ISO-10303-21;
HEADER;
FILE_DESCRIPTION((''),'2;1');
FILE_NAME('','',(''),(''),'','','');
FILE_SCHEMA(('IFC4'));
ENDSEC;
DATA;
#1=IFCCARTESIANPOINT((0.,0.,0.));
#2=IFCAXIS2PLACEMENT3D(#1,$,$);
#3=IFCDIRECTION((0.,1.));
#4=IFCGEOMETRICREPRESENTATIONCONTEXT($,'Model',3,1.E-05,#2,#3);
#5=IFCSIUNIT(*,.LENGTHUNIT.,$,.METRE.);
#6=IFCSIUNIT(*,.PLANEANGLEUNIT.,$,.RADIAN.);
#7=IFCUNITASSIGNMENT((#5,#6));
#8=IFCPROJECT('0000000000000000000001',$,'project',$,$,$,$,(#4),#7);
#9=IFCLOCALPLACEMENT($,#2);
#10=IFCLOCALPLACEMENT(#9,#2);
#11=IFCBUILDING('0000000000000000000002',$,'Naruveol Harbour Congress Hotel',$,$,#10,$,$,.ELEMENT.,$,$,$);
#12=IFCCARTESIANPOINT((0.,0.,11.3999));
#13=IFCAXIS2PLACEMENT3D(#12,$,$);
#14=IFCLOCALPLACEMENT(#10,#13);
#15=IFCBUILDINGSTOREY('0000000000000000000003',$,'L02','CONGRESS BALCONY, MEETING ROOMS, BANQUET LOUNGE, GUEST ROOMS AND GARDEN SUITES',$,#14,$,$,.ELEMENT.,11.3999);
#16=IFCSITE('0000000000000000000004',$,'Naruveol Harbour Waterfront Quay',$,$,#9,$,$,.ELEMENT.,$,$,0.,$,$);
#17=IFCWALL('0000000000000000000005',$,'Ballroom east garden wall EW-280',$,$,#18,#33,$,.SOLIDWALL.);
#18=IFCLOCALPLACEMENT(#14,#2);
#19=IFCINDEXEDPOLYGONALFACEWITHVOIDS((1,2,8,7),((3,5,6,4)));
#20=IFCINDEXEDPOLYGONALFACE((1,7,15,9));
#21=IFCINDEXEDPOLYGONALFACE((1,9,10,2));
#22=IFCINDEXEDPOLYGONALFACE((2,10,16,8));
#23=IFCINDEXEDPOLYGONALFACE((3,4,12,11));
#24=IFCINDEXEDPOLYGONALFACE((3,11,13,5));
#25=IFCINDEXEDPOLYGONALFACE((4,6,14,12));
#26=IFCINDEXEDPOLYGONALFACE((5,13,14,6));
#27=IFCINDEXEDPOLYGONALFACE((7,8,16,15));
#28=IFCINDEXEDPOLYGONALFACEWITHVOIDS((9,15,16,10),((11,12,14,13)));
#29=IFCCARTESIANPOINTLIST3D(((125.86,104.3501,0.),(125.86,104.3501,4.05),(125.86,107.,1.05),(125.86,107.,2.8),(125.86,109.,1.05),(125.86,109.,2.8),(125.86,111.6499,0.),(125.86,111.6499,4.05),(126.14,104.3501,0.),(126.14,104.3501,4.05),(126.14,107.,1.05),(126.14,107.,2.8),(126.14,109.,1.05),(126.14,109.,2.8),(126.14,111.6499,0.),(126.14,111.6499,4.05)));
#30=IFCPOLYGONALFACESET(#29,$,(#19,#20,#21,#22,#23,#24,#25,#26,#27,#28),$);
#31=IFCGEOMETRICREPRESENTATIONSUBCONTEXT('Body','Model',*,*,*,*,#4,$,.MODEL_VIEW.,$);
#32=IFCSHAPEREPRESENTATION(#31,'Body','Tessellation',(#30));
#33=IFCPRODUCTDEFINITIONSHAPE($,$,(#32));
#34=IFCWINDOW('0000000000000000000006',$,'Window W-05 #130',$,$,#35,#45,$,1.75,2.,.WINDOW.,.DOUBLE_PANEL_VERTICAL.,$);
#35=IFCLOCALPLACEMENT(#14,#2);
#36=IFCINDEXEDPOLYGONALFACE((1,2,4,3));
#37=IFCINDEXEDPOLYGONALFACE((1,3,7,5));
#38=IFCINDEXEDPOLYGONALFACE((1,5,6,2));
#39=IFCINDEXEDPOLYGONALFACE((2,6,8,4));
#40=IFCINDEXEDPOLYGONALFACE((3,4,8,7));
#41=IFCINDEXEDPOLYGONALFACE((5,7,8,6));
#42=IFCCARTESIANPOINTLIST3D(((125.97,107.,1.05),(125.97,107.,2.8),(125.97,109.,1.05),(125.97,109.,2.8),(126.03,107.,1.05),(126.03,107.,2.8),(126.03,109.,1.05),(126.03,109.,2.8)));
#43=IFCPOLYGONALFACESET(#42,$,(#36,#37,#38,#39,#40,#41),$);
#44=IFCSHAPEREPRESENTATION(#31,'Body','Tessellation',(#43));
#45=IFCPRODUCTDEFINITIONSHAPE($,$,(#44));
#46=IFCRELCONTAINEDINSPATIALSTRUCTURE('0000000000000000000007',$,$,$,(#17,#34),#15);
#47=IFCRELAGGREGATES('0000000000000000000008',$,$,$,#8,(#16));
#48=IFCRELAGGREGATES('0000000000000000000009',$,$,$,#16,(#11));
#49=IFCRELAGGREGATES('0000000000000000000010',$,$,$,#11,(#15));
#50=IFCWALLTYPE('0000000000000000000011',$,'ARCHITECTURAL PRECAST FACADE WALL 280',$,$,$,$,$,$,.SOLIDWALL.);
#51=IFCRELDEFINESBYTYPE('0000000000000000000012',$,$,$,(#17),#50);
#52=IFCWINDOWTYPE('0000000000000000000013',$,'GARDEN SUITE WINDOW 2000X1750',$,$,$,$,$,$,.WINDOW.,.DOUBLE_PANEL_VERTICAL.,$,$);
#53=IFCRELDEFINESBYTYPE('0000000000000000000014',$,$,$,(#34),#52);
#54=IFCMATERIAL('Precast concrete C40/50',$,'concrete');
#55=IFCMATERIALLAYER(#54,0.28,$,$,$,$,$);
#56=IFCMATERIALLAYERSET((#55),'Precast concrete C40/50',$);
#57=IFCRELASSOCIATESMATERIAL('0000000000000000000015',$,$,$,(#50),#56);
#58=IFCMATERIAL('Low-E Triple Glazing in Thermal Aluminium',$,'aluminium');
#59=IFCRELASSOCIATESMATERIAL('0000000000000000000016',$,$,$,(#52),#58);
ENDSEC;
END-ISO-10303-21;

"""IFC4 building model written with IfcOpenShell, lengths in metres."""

from ifc_helpers import new_model, si_unit, direction, frame, frame_2d, origin, place, context, subcontext, project, spatial, rectangle, extrude, material, layer, layer_set, type_object, element, fill, save


model = new_model("IFC4")

# Units and contexts
model_context = context("Model", 3, precision=1e-05, world=origin(), true_north=direction((0.0, 1.0)))
body_context = subcontext(model_context, "Body", "Model", "MODEL_VIEW")
ifc_project = project(units=[si_unit("LENGTHUNIT", "METRE"), si_unit("PLANEANGLEUNIT", "RADIAN")], contexts=[model_context])

# Site, building, storey
site_placement = place(None, origin())
site = spatial("IfcSite", under=ifc_project, at=site_placement, Name="Naruveol Harbour Waterfront Quay", CompositionType="ELEMENT", RefElevation=0.0)
building_placement = place(site_placement, origin())
building = spatial("IfcBuilding", under=site, at=building_placement, Name="Naruveol Harbour Congress Hotel", CompositionType="ELEMENT")
storey_placement = place(building_placement, frame((0.0, 0.0, 11.3999)))
storey = spatial("IfcBuildingStorey", under=building, at=storey_placement, Name="L02", Description="CONGRESS BALCONY, MEETING ROOMS, BANQUET LOUNGE, GUEST ROOMS AND GARDEN SUITES", CompositionType="ELEMENT", Elevation=11.3999)

# Wall, opening, window
ifc_material_1 = material(Name="Precast concrete C40/50", Category="concrete")
ifc_layer_1 = layer(ifc_material_1, 0.28)
ifc_layer_set_1 = layer_set([ifc_layer_1], Name="Precast concrete C40/50")
wall_type = type_object("IfcWallType", Name="ARCHITECTURAL PRECAST FACADE WALL 280", PredefinedType="SOLIDWALL", material=ifc_layer_set_1)
wall_placement = place(storey_placement, frame((126.0, 111.6499, 0.0), z_axis=(0.0, 0.0, 1.0), x_axis=(0.0, -1.0, 0.0)))
wall = element("IfcWall", 1, at=wall_placement, inside=storey, type_object=wall_type, Name="Ballroom east garden wall EW-280", PredefinedType="SOLIDWALL", context=body_context, shape_type="SweptSolid", body=[
    extrude(rectangle(XDim=7.2998, YDim=0.28, at=frame_2d((3.6499, 0.0))), origin(), (0.0, 0.0, 1.0), 4.05),
])
opening_placement = place(wall_placement, frame((2.6499, 0.0, 1.05)))
opening = element("IfcOpeningElement", 2, at=opening_placement, cuts=wall, PredefinedType="OPENING", context=body_context, shape_type="SweptSolid", body=[
    extrude(rectangle(XDim=2.0, YDim=1.75, at=frame_2d((1.0, 0.875))), frame((0.0, 0.1499, 0.0), z_axis=(0.0, -1.0, 0.0), x_axis=(1.0, 0.0, 0.0)), (0.0, 0.0, 1.0), 0.3),
])
ifc_material_2 = material(Name="Low-E Triple Glazing in Thermal Aluminium", Category="aluminium")
window_type = type_object("IfcWindowType", Name="GARDEN SUITE WINDOW 2000X1750", PartitioningType="DOUBLE_PANEL_VERTICAL", PredefinedType="WINDOW", material=ifc_material_2)
window_placement = place(opening_placement, origin())
window = element("IfcWindow", 3, at=window_placement, inside=storey, type_object=window_type, Name="Window W-05 #130", OverallHeight=1.75, OverallWidth=2.0, PartitioningType="DOUBLE_PANEL_VERTICAL", PredefinedType="WINDOW", context=body_context, shape_type="SweptSolid", body=[
    extrude(rectangle(XDim=2.0, YDim=1.75, at=frame_2d((1.0, 0.875))), frame((0.0, 0.03, 0.0), z_axis=(0.0, -1.0, 0.0), x_axis=(1.0, 0.0, 0.0)), (0.0, 0.0, 1.0), 0.0601),
])
fill(opening, window)

save(model, "model.ifc")
